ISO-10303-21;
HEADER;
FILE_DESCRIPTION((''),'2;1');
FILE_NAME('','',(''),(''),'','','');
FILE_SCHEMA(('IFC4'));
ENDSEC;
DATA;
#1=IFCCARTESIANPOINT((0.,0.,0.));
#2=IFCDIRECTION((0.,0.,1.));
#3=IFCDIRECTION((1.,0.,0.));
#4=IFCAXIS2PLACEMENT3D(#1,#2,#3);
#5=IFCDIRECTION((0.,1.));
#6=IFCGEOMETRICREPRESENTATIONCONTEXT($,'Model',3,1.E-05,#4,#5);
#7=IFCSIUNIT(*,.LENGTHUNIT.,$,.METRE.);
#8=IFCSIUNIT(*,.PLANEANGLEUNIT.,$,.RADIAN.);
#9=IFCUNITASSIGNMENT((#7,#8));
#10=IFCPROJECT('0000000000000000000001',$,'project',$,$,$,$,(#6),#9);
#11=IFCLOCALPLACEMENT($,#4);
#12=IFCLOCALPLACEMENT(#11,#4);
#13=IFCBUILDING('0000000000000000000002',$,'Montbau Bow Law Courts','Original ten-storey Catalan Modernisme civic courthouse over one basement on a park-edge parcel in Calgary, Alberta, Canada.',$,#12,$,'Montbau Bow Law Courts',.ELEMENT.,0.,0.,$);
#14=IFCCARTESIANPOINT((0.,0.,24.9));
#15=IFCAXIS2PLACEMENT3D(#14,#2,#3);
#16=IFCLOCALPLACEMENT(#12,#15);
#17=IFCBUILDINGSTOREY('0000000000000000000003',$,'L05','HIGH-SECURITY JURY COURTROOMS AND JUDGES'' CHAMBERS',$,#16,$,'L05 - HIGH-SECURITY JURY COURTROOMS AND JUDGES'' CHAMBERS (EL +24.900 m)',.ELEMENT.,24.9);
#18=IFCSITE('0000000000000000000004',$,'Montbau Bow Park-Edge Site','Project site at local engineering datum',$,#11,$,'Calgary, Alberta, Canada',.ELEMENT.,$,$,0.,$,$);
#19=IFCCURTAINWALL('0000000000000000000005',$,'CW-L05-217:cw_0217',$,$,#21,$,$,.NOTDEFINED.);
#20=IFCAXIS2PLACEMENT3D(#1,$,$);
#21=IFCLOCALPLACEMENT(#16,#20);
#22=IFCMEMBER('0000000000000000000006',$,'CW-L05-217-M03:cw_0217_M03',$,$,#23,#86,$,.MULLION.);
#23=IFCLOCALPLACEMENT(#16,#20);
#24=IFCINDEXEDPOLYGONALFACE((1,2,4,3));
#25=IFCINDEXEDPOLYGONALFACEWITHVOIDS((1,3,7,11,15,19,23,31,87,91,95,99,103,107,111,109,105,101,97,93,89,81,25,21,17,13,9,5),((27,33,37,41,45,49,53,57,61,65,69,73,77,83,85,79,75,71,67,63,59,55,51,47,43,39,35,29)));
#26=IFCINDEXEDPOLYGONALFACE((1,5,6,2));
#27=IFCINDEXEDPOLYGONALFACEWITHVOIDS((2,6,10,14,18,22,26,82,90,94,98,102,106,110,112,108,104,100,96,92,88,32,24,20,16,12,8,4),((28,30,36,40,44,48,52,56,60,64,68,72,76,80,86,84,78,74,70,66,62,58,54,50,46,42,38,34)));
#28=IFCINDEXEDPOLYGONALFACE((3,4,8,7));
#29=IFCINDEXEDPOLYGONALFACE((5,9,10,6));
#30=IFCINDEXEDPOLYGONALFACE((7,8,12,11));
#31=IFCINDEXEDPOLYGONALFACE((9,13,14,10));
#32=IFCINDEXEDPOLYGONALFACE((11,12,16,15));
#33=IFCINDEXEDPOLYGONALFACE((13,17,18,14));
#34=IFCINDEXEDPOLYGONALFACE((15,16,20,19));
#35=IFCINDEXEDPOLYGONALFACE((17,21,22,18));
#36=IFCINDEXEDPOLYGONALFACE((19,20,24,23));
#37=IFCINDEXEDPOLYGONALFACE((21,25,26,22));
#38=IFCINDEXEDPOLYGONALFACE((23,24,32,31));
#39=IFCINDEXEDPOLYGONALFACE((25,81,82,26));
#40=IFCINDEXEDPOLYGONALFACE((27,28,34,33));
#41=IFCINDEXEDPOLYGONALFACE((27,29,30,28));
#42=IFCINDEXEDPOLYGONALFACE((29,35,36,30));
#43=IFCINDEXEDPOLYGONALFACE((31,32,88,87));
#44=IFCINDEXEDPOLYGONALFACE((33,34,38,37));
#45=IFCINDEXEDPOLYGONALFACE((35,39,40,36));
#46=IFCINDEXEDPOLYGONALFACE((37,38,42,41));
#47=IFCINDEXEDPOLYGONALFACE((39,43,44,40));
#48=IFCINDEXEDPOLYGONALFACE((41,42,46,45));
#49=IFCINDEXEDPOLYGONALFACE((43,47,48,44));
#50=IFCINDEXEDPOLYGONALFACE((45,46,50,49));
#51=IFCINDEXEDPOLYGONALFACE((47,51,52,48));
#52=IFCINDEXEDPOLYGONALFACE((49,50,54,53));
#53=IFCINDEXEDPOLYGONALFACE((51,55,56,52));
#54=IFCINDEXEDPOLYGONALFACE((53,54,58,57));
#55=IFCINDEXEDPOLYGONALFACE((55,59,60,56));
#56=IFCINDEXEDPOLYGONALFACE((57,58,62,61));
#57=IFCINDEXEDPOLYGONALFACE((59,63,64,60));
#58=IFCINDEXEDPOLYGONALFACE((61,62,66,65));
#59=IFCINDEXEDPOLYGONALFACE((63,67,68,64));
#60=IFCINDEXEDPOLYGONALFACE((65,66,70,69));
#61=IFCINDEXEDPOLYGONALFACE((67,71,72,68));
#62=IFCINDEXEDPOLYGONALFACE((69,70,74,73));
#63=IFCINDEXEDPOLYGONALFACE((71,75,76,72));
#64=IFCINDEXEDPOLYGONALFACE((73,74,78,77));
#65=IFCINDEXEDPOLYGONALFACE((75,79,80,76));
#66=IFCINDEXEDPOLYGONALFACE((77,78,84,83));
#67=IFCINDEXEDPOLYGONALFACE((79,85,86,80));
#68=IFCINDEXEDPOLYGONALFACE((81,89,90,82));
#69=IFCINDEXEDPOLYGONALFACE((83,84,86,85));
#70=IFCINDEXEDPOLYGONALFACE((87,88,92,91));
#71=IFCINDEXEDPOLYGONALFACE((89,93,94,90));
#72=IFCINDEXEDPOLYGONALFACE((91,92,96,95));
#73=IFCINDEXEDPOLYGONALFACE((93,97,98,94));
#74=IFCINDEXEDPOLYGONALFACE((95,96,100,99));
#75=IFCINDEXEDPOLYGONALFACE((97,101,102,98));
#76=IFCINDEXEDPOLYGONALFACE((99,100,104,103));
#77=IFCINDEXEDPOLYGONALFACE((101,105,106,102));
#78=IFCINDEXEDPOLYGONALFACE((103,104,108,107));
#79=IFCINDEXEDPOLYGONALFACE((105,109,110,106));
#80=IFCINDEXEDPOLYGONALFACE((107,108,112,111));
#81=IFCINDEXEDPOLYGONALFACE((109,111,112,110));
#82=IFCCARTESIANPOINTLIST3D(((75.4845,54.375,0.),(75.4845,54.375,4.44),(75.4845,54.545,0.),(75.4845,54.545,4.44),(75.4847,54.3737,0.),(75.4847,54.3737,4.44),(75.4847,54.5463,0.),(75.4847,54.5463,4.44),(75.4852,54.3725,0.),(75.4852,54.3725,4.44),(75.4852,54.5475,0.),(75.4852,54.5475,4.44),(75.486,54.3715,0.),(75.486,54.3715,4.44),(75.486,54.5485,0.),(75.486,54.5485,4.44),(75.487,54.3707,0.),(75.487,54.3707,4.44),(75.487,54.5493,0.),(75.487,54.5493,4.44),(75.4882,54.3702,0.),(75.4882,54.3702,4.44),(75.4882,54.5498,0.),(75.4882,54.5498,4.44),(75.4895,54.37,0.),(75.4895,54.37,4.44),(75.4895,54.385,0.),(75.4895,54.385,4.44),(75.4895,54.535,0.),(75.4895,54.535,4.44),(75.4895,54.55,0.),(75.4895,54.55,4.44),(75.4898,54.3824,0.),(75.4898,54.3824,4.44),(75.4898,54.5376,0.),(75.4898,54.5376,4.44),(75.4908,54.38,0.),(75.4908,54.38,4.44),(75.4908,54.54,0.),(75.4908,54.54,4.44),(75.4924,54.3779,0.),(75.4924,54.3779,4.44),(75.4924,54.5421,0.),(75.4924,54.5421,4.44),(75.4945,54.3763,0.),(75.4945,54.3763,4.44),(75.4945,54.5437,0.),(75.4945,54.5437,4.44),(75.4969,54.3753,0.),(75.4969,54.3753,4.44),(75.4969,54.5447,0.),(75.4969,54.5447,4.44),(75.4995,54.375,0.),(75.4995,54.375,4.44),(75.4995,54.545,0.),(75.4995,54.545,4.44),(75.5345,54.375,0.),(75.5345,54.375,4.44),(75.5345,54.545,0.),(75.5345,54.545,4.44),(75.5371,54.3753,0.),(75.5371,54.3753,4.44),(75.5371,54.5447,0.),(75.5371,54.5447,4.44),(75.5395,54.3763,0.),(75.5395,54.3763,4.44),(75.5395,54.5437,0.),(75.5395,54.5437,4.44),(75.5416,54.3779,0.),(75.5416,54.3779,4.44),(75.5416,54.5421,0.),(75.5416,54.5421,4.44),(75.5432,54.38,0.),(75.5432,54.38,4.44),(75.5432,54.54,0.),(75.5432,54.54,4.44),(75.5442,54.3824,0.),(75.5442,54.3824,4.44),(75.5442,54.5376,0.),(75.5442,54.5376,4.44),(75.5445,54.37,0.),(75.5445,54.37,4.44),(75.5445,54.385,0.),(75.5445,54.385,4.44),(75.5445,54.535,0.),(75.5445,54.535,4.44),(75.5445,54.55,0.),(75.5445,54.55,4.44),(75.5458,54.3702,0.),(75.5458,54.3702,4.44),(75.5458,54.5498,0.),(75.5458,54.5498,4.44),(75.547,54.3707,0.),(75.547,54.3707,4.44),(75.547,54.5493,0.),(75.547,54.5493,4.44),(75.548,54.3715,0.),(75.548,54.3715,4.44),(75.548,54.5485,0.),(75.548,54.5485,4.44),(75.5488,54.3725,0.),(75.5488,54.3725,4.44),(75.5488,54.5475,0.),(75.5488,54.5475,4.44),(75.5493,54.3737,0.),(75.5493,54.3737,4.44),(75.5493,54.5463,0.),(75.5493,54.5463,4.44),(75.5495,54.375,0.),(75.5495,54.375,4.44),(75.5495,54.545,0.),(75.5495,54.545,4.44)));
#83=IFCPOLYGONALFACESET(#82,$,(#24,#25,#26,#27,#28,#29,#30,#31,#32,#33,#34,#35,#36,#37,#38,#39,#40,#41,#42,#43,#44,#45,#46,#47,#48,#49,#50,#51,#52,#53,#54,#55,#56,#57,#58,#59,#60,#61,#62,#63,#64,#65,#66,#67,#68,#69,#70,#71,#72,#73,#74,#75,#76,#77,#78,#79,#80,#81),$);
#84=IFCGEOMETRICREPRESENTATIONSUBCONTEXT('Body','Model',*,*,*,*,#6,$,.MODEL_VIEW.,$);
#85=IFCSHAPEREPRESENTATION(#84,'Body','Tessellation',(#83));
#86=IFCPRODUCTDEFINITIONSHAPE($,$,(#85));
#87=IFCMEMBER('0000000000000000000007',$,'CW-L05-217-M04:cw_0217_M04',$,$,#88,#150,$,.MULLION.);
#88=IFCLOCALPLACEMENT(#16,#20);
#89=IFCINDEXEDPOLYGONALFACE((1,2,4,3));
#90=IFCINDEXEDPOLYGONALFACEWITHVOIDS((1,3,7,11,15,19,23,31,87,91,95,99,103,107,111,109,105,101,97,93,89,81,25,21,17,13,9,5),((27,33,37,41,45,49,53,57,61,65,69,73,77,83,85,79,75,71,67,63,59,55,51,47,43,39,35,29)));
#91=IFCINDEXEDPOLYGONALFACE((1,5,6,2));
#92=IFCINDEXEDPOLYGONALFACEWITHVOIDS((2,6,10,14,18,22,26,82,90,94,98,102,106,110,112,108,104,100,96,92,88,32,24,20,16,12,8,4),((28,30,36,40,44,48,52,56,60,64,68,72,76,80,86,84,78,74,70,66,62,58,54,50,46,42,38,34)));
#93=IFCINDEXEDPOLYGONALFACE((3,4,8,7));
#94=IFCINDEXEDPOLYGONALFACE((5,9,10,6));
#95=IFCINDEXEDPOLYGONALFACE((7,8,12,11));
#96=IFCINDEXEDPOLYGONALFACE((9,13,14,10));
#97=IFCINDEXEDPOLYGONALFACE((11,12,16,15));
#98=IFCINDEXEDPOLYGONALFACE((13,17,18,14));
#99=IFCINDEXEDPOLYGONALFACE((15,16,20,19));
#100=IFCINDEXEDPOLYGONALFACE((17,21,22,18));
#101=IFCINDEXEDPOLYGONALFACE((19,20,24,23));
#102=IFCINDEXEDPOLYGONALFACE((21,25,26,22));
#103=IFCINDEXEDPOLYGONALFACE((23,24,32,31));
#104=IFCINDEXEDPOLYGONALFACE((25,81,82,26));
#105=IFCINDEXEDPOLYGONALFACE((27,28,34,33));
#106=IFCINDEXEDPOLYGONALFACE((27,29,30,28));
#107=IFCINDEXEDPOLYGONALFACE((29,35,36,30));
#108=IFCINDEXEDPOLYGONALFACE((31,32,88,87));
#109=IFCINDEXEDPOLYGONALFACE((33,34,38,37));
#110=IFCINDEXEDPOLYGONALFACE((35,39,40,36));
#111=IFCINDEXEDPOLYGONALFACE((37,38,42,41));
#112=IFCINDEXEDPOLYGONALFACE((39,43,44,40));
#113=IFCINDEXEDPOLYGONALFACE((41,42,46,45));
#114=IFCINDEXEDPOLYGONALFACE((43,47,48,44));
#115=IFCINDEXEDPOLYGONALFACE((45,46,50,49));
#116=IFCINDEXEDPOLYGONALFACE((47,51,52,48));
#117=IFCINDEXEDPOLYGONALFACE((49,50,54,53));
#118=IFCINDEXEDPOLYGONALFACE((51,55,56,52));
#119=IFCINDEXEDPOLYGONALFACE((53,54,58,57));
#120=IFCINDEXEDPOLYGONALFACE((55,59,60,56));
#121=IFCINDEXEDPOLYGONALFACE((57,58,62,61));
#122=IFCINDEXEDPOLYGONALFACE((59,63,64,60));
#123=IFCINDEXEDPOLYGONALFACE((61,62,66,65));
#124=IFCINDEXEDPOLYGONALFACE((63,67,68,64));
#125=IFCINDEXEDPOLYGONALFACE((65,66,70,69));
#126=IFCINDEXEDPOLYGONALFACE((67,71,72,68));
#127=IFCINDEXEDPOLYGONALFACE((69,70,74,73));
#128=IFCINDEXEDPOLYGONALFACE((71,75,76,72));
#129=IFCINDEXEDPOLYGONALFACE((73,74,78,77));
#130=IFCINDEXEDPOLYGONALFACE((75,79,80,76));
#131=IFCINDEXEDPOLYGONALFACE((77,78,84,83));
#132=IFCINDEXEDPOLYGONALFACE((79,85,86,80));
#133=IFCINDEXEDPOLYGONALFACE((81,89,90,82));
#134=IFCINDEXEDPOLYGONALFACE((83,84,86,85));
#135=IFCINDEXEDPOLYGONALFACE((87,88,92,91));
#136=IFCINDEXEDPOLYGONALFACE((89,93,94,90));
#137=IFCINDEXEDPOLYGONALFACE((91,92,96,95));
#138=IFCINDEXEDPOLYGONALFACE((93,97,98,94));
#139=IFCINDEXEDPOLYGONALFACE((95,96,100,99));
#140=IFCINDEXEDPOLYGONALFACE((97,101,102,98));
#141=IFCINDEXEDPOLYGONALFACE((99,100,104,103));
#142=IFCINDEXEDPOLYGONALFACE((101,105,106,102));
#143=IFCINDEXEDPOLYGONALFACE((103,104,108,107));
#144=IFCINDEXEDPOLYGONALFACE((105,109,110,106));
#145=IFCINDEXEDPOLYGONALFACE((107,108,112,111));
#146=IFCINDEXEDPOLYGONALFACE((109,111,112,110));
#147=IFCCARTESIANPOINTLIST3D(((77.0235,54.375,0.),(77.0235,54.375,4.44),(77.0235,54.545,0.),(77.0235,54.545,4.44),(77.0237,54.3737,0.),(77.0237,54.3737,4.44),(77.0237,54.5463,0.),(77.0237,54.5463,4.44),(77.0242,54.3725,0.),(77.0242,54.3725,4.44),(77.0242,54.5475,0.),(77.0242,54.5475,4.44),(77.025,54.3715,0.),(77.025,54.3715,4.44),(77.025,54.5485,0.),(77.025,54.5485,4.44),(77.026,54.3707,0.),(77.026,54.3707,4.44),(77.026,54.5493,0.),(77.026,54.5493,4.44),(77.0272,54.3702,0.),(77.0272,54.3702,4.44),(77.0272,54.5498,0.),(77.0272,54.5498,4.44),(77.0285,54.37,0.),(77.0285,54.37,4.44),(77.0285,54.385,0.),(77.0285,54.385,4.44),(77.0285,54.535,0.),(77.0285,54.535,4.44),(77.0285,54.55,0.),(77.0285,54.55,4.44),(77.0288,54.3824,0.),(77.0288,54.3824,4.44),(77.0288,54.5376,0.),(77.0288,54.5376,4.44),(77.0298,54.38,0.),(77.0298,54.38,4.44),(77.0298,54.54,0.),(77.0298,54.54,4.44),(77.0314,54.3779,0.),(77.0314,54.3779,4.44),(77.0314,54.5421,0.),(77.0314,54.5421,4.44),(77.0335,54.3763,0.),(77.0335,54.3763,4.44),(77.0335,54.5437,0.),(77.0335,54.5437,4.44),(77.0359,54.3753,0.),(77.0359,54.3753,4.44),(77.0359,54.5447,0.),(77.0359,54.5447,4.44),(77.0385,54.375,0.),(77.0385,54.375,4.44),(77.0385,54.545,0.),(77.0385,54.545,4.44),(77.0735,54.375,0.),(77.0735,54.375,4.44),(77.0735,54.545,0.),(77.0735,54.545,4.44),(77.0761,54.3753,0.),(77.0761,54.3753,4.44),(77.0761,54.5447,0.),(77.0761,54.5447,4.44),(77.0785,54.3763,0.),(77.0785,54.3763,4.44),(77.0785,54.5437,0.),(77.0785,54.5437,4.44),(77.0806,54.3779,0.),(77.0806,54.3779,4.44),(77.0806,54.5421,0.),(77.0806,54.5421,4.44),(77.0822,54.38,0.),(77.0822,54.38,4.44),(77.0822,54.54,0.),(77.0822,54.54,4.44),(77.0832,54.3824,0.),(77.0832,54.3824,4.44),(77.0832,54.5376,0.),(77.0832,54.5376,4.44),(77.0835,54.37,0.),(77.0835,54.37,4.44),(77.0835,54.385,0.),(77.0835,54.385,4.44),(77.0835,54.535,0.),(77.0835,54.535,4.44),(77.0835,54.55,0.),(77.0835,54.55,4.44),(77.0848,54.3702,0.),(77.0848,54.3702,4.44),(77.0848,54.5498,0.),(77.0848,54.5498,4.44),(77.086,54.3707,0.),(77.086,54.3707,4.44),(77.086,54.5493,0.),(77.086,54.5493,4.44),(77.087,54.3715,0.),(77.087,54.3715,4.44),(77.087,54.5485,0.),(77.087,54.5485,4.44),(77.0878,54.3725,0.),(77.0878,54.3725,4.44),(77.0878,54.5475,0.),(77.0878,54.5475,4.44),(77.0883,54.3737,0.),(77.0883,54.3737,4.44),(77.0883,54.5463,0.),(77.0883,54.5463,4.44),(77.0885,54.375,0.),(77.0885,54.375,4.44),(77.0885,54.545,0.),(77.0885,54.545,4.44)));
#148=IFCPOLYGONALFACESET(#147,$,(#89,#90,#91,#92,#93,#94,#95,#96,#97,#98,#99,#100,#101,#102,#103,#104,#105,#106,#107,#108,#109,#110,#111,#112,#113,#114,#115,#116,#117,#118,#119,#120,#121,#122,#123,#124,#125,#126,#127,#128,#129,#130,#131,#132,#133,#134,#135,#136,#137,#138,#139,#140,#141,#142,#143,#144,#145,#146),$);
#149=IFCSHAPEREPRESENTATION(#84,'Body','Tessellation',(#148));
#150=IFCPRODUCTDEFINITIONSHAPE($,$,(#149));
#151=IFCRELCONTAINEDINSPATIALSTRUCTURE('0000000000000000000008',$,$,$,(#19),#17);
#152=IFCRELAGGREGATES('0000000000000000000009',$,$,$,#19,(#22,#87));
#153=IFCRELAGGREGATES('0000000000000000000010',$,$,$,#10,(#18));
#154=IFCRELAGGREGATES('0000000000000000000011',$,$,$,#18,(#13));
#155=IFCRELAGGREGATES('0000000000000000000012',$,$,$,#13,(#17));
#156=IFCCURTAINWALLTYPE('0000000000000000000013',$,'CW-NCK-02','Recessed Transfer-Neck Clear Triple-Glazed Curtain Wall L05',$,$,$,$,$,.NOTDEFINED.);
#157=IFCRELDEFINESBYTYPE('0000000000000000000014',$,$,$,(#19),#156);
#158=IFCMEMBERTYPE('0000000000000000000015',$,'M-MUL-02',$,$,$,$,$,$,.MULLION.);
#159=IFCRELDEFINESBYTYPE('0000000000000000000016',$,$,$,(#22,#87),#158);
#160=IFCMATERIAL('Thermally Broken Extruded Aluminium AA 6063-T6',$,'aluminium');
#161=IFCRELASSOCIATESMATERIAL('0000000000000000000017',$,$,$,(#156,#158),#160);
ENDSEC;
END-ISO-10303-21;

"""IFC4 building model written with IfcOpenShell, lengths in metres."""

from ifc_helpers import new_model, si_unit, direction, frame, origin_with_axes, origin_2d_with_axis, place, context, subcontext, project, spatial, hollow_rectangle, extrude, material, material_profile, profile_set, type_object, element, aggregate, save


model = new_model("IFC4")

# Units and contexts
model_context = context("Model", 3, precision=1e-05, world=origin_with_axes(), true_north=direction((0.0, 1.0)))
body_context = subcontext(model_context, "Body", "Model", "MODEL_VIEW")
ifc_project = project(units=[si_unit("LENGTHUNIT", "METRE"), si_unit("PLANEANGLEUNIT", "RADIAN")], contexts=[model_context])

# Site, building, storey
site_placement = place(None, origin_with_axes())
site = spatial("IfcSite", under=ifc_project, at=site_placement, Name="Montbau Bow Park-Edge Site", Description="Project site at local engineering datum", LongName="Calgary, Alberta, Canada", CompositionType="ELEMENT", RefElevation=0.0)
building_placement = place(site_placement, origin_with_axes())
building = spatial("IfcBuilding", under=site, at=building_placement, Name="Montbau Bow Law Courts", Description="Original ten-storey Catalan Modernisme civic courthouse over one basement on a park-edge parcel in Calgary, Alberta, Canada.", LongName="Montbau Bow Law Courts", CompositionType="ELEMENT", ElevationOfRefHeight=0.0, ElevationOfTerrain=0.0)
storey_placement = place(building_placement, frame((0.0, 0.0, 24.9), z_axis=(0.0, 0.0, 1.0), x_axis=(1.0, 0.0, 0.0)))
storey = spatial("IfcBuildingStorey", under=building, at=storey_placement, Name="L05", Description="HIGH-SECURITY JURY COURTROOMS AND JUDGES' CHAMBERS", LongName="L05 - HIGH-SECURITY JURY COURTROOMS AND JUDGES' CHAMBERS (EL +24.900 m)", CompositionType="ELEMENT", Elevation=24.9)

# Curtain wall, members
ifc_material_1 = material(Name="Thermally Broken Extruded Aluminium AA 6063-T6", Category="aluminium")
curtain_wall_type = type_object("IfcCurtainWallType", Name="CW-NCK-02", Description="Recessed Transfer-Neck Clear Triple-Glazed Curtain Wall L05", PredefinedType="NOTDEFINED", material=ifc_material_1)
curtain_wall_placement = place(None, frame((72.44, 54.46, 24.9), z_axis=(0.0, 0.0, 1.0), x_axis=(1.0, 0.0, 0.0)))
curtain_wall = element("IfcCurtainWall", 1, at=curtain_wall_placement, inside=storey, type_object=curtain_wall_type, Name="CW-L05-217:cw_0217", PredefinedType="NOTDEFINED")
ifc_material_profile_1 = material_profile(ifc_material_1, hollow_rectangle(XDim=0.065, YDim=0.18, WallThickness=0.005, InnerFilletRadius=0.01, OuterFilletRadius=0.005, at=origin_2d_with_axis()), Name="CWM-180X65", Category="Main", Priority=0)
ifc_profile_set_1 = profile_set([ifc_material_profile_1], Name="Thermally Broken Extruded Aluminium AA 6063-T6")
member_type_1 = type_object("IfcMemberType", Name="M-MUL-02", PredefinedType="MULLION", material=ifc_profile_set_1)
member_1_placement = place(None, frame((75.517, 54.46, 24.9), z_axis=(0.0, 0.0, 1.0), x_axis=(1.0, 0.0, 0.0)))
member_1 = element("IfcMember", 2, at=member_1_placement, type_object=member_type_1, Name="CW-L05-217-M03:cw_0217_M03", PredefinedType="MULLION", context=body_context, shape_type="SweptSolid", body=[
    extrude(hollow_rectangle(XDim=0.065, YDim=0.18, WallThickness=0.005, InnerFilletRadius=0.01, OuterFilletRadius=0.005, at=origin_2d_with_axis()), origin_with_axes(), (0.0, 0.0, 1.0), 4.44),
])
member_2_placement = place(None, frame((77.056, 54.46, 24.9), z_axis=(0.0, 0.0, 1.0), x_axis=(1.0, 0.0, 0.0)))
member_2 = element("IfcMember", 3, at=member_2_placement, type_object=member_type_1, Name="CW-L05-217-M04:cw_0217_M04", PredefinedType="MULLION", context=body_context, shape_type="SweptSolid", body=[
    extrude(hollow_rectangle(XDim=0.065, YDim=0.18, WallThickness=0.005, InnerFilletRadius=0.01, OuterFilletRadius=0.005, at=origin_2d_with_axis()), origin_with_axes(), (0.0, 0.0, 1.0), 4.44),
])
aggregate(curtain_wall, [member_1, member_2])

save(model, "model.ifc")
